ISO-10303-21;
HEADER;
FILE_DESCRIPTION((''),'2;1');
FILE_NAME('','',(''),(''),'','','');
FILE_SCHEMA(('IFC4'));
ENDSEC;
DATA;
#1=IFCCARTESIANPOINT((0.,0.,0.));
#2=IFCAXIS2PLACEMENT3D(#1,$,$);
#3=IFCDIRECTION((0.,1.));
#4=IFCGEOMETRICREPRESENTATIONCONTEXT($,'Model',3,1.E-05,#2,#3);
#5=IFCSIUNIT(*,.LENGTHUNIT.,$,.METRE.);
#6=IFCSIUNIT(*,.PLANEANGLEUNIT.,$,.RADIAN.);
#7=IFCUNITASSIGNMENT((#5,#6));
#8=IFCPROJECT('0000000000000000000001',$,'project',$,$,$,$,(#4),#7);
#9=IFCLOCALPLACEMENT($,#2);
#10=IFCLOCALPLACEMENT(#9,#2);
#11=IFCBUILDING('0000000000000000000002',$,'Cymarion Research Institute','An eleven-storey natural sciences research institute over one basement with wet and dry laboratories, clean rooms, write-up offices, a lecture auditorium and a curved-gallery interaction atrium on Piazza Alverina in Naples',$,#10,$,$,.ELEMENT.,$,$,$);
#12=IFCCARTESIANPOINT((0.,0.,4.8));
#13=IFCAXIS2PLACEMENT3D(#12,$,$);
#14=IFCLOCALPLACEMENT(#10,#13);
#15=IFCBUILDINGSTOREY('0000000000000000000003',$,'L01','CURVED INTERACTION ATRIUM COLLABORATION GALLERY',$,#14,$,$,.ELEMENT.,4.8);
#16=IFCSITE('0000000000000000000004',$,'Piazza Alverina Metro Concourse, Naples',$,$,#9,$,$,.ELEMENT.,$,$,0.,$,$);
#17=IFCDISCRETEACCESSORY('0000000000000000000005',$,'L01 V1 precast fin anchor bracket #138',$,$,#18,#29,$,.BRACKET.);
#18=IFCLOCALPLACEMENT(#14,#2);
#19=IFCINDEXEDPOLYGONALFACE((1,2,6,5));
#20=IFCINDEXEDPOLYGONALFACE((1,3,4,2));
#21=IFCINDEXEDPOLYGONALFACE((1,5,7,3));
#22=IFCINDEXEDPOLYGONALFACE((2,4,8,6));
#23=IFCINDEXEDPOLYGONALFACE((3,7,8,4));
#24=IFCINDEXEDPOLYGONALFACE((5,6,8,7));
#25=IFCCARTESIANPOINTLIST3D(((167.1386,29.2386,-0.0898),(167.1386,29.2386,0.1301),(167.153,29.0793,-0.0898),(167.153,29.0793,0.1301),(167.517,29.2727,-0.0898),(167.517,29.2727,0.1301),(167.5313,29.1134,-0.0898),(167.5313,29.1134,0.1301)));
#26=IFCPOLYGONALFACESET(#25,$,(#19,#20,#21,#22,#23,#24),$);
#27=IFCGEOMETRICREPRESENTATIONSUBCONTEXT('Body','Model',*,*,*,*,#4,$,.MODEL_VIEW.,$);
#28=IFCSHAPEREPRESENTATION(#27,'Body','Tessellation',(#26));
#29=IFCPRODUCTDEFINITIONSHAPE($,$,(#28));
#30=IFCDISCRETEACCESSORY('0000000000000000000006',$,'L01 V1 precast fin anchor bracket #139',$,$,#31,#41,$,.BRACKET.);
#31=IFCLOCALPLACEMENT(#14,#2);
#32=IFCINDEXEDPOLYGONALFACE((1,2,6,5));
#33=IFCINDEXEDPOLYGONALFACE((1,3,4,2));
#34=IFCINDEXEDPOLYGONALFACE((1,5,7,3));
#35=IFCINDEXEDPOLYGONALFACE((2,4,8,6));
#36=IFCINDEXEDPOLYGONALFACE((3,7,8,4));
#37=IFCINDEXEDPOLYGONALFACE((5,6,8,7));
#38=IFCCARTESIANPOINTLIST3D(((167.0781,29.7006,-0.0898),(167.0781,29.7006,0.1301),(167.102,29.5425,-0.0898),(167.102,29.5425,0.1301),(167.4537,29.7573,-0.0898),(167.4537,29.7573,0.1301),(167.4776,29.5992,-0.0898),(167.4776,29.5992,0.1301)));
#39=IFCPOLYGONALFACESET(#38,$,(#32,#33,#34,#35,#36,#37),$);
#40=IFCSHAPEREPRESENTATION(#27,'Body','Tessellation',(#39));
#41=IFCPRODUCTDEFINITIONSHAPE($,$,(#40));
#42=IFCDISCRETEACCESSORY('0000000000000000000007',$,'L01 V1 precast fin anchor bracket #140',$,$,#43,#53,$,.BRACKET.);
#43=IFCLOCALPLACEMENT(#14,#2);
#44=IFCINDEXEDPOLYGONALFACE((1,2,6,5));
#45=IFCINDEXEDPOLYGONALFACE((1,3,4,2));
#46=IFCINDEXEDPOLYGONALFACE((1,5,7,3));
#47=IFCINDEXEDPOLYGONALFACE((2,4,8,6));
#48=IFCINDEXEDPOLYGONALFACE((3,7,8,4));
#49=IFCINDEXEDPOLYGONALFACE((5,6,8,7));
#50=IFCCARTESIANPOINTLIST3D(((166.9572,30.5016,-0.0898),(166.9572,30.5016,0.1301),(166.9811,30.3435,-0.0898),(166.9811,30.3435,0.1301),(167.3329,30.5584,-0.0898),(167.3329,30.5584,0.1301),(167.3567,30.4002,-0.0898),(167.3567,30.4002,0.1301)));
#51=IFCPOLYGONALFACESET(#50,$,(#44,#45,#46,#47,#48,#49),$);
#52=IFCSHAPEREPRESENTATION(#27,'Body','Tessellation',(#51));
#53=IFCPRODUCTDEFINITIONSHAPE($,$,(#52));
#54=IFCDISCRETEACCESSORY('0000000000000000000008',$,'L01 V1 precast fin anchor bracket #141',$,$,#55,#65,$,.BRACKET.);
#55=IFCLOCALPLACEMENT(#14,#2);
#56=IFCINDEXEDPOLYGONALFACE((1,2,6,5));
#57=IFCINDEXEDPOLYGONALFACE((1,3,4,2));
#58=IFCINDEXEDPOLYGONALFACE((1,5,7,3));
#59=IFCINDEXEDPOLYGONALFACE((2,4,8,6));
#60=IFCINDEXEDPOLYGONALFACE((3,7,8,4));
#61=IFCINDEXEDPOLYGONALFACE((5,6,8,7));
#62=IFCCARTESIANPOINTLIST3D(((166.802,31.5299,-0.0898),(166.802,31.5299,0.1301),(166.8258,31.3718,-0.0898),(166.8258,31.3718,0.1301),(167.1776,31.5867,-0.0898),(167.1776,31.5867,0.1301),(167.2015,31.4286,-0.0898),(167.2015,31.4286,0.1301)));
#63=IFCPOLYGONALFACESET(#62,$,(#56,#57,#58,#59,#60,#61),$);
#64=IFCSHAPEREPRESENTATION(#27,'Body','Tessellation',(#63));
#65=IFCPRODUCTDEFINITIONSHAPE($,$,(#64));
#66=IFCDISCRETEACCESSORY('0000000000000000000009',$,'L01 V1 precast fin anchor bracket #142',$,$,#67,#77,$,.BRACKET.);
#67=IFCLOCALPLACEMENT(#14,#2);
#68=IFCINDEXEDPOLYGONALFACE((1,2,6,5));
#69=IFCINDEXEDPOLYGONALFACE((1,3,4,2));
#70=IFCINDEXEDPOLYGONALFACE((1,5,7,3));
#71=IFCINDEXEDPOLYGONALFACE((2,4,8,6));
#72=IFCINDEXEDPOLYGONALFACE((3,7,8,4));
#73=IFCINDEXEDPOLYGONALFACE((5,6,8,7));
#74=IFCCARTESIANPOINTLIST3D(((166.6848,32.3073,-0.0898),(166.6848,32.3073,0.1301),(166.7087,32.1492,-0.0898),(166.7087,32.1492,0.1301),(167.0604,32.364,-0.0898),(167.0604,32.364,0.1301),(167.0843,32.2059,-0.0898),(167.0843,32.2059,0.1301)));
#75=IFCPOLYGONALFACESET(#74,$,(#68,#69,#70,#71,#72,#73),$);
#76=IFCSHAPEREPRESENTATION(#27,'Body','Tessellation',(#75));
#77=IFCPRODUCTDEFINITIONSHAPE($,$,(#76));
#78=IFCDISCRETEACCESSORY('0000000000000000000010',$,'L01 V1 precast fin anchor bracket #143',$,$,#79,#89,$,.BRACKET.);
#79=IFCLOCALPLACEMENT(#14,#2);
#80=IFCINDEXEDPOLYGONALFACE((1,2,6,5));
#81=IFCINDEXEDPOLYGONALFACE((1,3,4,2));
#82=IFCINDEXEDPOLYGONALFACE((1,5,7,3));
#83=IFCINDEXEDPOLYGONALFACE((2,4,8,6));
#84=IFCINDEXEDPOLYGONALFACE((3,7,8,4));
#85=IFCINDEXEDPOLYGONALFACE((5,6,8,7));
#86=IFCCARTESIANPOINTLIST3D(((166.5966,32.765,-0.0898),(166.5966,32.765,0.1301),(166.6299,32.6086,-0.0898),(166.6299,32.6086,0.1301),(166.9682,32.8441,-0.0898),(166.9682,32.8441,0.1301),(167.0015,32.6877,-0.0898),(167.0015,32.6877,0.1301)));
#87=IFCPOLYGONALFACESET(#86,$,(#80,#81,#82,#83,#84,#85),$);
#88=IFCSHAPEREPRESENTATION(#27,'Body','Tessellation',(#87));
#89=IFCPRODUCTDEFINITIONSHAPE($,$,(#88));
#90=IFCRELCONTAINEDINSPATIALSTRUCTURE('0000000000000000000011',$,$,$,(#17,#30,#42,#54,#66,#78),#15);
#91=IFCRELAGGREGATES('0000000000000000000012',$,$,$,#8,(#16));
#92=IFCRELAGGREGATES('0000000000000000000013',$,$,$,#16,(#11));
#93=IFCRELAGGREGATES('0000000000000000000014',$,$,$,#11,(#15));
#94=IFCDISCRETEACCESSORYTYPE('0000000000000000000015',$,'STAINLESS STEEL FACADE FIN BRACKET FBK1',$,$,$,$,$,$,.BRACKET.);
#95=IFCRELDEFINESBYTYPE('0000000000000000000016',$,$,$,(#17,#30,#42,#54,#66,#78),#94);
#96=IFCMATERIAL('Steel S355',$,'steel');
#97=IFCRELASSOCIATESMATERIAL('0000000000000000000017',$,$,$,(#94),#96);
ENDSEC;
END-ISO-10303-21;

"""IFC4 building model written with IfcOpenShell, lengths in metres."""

from ifc_helpers import new_model, si_unit, direction, frame, origin, origin_2d, place, context, subcontext, project, spatial, rectangle, extrude, material, type_object, element, save


model = new_model("IFC4")

# Units and contexts
model_context = context("Model", 3, precision=1e-05, world=origin(), true_north=direction((0.0, 1.0)))
body_context = subcontext(model_context, "Body", "Model", "MODEL_VIEW")
ifc_project = project(units=[si_unit("LENGTHUNIT", "METRE"), si_unit("PLANEANGLEUNIT", "RADIAN")], contexts=[model_context])

# Site, building, storey
site_placement = place(None, origin())
site = spatial("IfcSite", under=ifc_project, at=site_placement, Name="Piazza Alverina Metro Concourse, Naples", CompositionType="ELEMENT", RefElevation=0.0)
building_placement = place(site_placement, origin())
building = spatial("IfcBuilding", under=site, at=building_placement, Name="Cymarion Research Institute", Description="An eleven-storey natural sciences research institute over one basement with wet and dry laboratories, clean rooms, write-up offices, a lecture auditorium and a curved-gallery interaction atrium on Piazza Alverina in Naples", CompositionType="ELEMENT")
storey_placement = place(building_placement, frame((0.0, 0.0, 4.8)))
storey = spatial("IfcBuildingStorey", under=building, at=storey_placement, Name="L01", Description="CURVED INTERACTION ATRIUM COLLABORATION GALLERY", CompositionType="ELEMENT", Elevation=4.8)

# Shared definitions
ifc_material_1 = material(Name="Steel S355", Category="steel")

# Discrete accessories
discrete_accessory_type = type_object("IfcDiscreteAccessoryType", Name="STAINLESS STEEL FACADE FIN BRACKET FBK1", PredefinedType="BRACKET", material=ifc_material_1)
for number, where, z_axis, x_axis, name in (
    (1, (167.335, 29.176, -0.0898), (0.0, 0.0, 1.0), (0.995963, 0.089763, 0.0), "L01 V1 precast fin anchor bracket #138"),
    (2, (167.2778, 29.6499, -0.0898), (0.0, 0.0, 1.0), (0.988782, 0.149363, 0.0), "L01 V1 precast fin anchor bracket #139"),
    (3, (167.157, 30.4509, -0.0898), (0.0, 0.0, 1.0), (0.988782, 0.149363, 0.0), "L01 V1 precast fin anchor bracket #140"),
    (4, (167.0017, 31.4792, -0.0898), (0.0, 0.0, 1.0), (0.988782, 0.149363, 0.0), "L01 V1 precast fin anchor bracket #141"),
    (5, (166.8845, 32.2566, -0.0898), (0.0, 0.0, 1.0), (0.988782, 0.149363, 0.0), "L01 V1 precast fin anchor bracket #142"),
    (6, (166.7991, 32.7263, -0.0898), (0.0, 0.0, 1.0), (0.978075, 0.208253, 0.0), "L01 V1 precast fin anchor bracket #143"),
):
    element("IfcDiscreteAccessory", number, at=place(storey_placement, frame(where, z_axis=z_axis, x_axis=x_axis)), inside=storey, type_object=discrete_accessory_type, Name=name, PredefinedType="BRACKET", context=body_context, shape_type="SweptSolid", body=[
        extrude(rectangle(XDim=0.3799, YDim=0.1599, at=origin_2d()), origin(), (0.0, 0.0, 1.0), 0.22),
    ])

save(model, "model.ifc")
